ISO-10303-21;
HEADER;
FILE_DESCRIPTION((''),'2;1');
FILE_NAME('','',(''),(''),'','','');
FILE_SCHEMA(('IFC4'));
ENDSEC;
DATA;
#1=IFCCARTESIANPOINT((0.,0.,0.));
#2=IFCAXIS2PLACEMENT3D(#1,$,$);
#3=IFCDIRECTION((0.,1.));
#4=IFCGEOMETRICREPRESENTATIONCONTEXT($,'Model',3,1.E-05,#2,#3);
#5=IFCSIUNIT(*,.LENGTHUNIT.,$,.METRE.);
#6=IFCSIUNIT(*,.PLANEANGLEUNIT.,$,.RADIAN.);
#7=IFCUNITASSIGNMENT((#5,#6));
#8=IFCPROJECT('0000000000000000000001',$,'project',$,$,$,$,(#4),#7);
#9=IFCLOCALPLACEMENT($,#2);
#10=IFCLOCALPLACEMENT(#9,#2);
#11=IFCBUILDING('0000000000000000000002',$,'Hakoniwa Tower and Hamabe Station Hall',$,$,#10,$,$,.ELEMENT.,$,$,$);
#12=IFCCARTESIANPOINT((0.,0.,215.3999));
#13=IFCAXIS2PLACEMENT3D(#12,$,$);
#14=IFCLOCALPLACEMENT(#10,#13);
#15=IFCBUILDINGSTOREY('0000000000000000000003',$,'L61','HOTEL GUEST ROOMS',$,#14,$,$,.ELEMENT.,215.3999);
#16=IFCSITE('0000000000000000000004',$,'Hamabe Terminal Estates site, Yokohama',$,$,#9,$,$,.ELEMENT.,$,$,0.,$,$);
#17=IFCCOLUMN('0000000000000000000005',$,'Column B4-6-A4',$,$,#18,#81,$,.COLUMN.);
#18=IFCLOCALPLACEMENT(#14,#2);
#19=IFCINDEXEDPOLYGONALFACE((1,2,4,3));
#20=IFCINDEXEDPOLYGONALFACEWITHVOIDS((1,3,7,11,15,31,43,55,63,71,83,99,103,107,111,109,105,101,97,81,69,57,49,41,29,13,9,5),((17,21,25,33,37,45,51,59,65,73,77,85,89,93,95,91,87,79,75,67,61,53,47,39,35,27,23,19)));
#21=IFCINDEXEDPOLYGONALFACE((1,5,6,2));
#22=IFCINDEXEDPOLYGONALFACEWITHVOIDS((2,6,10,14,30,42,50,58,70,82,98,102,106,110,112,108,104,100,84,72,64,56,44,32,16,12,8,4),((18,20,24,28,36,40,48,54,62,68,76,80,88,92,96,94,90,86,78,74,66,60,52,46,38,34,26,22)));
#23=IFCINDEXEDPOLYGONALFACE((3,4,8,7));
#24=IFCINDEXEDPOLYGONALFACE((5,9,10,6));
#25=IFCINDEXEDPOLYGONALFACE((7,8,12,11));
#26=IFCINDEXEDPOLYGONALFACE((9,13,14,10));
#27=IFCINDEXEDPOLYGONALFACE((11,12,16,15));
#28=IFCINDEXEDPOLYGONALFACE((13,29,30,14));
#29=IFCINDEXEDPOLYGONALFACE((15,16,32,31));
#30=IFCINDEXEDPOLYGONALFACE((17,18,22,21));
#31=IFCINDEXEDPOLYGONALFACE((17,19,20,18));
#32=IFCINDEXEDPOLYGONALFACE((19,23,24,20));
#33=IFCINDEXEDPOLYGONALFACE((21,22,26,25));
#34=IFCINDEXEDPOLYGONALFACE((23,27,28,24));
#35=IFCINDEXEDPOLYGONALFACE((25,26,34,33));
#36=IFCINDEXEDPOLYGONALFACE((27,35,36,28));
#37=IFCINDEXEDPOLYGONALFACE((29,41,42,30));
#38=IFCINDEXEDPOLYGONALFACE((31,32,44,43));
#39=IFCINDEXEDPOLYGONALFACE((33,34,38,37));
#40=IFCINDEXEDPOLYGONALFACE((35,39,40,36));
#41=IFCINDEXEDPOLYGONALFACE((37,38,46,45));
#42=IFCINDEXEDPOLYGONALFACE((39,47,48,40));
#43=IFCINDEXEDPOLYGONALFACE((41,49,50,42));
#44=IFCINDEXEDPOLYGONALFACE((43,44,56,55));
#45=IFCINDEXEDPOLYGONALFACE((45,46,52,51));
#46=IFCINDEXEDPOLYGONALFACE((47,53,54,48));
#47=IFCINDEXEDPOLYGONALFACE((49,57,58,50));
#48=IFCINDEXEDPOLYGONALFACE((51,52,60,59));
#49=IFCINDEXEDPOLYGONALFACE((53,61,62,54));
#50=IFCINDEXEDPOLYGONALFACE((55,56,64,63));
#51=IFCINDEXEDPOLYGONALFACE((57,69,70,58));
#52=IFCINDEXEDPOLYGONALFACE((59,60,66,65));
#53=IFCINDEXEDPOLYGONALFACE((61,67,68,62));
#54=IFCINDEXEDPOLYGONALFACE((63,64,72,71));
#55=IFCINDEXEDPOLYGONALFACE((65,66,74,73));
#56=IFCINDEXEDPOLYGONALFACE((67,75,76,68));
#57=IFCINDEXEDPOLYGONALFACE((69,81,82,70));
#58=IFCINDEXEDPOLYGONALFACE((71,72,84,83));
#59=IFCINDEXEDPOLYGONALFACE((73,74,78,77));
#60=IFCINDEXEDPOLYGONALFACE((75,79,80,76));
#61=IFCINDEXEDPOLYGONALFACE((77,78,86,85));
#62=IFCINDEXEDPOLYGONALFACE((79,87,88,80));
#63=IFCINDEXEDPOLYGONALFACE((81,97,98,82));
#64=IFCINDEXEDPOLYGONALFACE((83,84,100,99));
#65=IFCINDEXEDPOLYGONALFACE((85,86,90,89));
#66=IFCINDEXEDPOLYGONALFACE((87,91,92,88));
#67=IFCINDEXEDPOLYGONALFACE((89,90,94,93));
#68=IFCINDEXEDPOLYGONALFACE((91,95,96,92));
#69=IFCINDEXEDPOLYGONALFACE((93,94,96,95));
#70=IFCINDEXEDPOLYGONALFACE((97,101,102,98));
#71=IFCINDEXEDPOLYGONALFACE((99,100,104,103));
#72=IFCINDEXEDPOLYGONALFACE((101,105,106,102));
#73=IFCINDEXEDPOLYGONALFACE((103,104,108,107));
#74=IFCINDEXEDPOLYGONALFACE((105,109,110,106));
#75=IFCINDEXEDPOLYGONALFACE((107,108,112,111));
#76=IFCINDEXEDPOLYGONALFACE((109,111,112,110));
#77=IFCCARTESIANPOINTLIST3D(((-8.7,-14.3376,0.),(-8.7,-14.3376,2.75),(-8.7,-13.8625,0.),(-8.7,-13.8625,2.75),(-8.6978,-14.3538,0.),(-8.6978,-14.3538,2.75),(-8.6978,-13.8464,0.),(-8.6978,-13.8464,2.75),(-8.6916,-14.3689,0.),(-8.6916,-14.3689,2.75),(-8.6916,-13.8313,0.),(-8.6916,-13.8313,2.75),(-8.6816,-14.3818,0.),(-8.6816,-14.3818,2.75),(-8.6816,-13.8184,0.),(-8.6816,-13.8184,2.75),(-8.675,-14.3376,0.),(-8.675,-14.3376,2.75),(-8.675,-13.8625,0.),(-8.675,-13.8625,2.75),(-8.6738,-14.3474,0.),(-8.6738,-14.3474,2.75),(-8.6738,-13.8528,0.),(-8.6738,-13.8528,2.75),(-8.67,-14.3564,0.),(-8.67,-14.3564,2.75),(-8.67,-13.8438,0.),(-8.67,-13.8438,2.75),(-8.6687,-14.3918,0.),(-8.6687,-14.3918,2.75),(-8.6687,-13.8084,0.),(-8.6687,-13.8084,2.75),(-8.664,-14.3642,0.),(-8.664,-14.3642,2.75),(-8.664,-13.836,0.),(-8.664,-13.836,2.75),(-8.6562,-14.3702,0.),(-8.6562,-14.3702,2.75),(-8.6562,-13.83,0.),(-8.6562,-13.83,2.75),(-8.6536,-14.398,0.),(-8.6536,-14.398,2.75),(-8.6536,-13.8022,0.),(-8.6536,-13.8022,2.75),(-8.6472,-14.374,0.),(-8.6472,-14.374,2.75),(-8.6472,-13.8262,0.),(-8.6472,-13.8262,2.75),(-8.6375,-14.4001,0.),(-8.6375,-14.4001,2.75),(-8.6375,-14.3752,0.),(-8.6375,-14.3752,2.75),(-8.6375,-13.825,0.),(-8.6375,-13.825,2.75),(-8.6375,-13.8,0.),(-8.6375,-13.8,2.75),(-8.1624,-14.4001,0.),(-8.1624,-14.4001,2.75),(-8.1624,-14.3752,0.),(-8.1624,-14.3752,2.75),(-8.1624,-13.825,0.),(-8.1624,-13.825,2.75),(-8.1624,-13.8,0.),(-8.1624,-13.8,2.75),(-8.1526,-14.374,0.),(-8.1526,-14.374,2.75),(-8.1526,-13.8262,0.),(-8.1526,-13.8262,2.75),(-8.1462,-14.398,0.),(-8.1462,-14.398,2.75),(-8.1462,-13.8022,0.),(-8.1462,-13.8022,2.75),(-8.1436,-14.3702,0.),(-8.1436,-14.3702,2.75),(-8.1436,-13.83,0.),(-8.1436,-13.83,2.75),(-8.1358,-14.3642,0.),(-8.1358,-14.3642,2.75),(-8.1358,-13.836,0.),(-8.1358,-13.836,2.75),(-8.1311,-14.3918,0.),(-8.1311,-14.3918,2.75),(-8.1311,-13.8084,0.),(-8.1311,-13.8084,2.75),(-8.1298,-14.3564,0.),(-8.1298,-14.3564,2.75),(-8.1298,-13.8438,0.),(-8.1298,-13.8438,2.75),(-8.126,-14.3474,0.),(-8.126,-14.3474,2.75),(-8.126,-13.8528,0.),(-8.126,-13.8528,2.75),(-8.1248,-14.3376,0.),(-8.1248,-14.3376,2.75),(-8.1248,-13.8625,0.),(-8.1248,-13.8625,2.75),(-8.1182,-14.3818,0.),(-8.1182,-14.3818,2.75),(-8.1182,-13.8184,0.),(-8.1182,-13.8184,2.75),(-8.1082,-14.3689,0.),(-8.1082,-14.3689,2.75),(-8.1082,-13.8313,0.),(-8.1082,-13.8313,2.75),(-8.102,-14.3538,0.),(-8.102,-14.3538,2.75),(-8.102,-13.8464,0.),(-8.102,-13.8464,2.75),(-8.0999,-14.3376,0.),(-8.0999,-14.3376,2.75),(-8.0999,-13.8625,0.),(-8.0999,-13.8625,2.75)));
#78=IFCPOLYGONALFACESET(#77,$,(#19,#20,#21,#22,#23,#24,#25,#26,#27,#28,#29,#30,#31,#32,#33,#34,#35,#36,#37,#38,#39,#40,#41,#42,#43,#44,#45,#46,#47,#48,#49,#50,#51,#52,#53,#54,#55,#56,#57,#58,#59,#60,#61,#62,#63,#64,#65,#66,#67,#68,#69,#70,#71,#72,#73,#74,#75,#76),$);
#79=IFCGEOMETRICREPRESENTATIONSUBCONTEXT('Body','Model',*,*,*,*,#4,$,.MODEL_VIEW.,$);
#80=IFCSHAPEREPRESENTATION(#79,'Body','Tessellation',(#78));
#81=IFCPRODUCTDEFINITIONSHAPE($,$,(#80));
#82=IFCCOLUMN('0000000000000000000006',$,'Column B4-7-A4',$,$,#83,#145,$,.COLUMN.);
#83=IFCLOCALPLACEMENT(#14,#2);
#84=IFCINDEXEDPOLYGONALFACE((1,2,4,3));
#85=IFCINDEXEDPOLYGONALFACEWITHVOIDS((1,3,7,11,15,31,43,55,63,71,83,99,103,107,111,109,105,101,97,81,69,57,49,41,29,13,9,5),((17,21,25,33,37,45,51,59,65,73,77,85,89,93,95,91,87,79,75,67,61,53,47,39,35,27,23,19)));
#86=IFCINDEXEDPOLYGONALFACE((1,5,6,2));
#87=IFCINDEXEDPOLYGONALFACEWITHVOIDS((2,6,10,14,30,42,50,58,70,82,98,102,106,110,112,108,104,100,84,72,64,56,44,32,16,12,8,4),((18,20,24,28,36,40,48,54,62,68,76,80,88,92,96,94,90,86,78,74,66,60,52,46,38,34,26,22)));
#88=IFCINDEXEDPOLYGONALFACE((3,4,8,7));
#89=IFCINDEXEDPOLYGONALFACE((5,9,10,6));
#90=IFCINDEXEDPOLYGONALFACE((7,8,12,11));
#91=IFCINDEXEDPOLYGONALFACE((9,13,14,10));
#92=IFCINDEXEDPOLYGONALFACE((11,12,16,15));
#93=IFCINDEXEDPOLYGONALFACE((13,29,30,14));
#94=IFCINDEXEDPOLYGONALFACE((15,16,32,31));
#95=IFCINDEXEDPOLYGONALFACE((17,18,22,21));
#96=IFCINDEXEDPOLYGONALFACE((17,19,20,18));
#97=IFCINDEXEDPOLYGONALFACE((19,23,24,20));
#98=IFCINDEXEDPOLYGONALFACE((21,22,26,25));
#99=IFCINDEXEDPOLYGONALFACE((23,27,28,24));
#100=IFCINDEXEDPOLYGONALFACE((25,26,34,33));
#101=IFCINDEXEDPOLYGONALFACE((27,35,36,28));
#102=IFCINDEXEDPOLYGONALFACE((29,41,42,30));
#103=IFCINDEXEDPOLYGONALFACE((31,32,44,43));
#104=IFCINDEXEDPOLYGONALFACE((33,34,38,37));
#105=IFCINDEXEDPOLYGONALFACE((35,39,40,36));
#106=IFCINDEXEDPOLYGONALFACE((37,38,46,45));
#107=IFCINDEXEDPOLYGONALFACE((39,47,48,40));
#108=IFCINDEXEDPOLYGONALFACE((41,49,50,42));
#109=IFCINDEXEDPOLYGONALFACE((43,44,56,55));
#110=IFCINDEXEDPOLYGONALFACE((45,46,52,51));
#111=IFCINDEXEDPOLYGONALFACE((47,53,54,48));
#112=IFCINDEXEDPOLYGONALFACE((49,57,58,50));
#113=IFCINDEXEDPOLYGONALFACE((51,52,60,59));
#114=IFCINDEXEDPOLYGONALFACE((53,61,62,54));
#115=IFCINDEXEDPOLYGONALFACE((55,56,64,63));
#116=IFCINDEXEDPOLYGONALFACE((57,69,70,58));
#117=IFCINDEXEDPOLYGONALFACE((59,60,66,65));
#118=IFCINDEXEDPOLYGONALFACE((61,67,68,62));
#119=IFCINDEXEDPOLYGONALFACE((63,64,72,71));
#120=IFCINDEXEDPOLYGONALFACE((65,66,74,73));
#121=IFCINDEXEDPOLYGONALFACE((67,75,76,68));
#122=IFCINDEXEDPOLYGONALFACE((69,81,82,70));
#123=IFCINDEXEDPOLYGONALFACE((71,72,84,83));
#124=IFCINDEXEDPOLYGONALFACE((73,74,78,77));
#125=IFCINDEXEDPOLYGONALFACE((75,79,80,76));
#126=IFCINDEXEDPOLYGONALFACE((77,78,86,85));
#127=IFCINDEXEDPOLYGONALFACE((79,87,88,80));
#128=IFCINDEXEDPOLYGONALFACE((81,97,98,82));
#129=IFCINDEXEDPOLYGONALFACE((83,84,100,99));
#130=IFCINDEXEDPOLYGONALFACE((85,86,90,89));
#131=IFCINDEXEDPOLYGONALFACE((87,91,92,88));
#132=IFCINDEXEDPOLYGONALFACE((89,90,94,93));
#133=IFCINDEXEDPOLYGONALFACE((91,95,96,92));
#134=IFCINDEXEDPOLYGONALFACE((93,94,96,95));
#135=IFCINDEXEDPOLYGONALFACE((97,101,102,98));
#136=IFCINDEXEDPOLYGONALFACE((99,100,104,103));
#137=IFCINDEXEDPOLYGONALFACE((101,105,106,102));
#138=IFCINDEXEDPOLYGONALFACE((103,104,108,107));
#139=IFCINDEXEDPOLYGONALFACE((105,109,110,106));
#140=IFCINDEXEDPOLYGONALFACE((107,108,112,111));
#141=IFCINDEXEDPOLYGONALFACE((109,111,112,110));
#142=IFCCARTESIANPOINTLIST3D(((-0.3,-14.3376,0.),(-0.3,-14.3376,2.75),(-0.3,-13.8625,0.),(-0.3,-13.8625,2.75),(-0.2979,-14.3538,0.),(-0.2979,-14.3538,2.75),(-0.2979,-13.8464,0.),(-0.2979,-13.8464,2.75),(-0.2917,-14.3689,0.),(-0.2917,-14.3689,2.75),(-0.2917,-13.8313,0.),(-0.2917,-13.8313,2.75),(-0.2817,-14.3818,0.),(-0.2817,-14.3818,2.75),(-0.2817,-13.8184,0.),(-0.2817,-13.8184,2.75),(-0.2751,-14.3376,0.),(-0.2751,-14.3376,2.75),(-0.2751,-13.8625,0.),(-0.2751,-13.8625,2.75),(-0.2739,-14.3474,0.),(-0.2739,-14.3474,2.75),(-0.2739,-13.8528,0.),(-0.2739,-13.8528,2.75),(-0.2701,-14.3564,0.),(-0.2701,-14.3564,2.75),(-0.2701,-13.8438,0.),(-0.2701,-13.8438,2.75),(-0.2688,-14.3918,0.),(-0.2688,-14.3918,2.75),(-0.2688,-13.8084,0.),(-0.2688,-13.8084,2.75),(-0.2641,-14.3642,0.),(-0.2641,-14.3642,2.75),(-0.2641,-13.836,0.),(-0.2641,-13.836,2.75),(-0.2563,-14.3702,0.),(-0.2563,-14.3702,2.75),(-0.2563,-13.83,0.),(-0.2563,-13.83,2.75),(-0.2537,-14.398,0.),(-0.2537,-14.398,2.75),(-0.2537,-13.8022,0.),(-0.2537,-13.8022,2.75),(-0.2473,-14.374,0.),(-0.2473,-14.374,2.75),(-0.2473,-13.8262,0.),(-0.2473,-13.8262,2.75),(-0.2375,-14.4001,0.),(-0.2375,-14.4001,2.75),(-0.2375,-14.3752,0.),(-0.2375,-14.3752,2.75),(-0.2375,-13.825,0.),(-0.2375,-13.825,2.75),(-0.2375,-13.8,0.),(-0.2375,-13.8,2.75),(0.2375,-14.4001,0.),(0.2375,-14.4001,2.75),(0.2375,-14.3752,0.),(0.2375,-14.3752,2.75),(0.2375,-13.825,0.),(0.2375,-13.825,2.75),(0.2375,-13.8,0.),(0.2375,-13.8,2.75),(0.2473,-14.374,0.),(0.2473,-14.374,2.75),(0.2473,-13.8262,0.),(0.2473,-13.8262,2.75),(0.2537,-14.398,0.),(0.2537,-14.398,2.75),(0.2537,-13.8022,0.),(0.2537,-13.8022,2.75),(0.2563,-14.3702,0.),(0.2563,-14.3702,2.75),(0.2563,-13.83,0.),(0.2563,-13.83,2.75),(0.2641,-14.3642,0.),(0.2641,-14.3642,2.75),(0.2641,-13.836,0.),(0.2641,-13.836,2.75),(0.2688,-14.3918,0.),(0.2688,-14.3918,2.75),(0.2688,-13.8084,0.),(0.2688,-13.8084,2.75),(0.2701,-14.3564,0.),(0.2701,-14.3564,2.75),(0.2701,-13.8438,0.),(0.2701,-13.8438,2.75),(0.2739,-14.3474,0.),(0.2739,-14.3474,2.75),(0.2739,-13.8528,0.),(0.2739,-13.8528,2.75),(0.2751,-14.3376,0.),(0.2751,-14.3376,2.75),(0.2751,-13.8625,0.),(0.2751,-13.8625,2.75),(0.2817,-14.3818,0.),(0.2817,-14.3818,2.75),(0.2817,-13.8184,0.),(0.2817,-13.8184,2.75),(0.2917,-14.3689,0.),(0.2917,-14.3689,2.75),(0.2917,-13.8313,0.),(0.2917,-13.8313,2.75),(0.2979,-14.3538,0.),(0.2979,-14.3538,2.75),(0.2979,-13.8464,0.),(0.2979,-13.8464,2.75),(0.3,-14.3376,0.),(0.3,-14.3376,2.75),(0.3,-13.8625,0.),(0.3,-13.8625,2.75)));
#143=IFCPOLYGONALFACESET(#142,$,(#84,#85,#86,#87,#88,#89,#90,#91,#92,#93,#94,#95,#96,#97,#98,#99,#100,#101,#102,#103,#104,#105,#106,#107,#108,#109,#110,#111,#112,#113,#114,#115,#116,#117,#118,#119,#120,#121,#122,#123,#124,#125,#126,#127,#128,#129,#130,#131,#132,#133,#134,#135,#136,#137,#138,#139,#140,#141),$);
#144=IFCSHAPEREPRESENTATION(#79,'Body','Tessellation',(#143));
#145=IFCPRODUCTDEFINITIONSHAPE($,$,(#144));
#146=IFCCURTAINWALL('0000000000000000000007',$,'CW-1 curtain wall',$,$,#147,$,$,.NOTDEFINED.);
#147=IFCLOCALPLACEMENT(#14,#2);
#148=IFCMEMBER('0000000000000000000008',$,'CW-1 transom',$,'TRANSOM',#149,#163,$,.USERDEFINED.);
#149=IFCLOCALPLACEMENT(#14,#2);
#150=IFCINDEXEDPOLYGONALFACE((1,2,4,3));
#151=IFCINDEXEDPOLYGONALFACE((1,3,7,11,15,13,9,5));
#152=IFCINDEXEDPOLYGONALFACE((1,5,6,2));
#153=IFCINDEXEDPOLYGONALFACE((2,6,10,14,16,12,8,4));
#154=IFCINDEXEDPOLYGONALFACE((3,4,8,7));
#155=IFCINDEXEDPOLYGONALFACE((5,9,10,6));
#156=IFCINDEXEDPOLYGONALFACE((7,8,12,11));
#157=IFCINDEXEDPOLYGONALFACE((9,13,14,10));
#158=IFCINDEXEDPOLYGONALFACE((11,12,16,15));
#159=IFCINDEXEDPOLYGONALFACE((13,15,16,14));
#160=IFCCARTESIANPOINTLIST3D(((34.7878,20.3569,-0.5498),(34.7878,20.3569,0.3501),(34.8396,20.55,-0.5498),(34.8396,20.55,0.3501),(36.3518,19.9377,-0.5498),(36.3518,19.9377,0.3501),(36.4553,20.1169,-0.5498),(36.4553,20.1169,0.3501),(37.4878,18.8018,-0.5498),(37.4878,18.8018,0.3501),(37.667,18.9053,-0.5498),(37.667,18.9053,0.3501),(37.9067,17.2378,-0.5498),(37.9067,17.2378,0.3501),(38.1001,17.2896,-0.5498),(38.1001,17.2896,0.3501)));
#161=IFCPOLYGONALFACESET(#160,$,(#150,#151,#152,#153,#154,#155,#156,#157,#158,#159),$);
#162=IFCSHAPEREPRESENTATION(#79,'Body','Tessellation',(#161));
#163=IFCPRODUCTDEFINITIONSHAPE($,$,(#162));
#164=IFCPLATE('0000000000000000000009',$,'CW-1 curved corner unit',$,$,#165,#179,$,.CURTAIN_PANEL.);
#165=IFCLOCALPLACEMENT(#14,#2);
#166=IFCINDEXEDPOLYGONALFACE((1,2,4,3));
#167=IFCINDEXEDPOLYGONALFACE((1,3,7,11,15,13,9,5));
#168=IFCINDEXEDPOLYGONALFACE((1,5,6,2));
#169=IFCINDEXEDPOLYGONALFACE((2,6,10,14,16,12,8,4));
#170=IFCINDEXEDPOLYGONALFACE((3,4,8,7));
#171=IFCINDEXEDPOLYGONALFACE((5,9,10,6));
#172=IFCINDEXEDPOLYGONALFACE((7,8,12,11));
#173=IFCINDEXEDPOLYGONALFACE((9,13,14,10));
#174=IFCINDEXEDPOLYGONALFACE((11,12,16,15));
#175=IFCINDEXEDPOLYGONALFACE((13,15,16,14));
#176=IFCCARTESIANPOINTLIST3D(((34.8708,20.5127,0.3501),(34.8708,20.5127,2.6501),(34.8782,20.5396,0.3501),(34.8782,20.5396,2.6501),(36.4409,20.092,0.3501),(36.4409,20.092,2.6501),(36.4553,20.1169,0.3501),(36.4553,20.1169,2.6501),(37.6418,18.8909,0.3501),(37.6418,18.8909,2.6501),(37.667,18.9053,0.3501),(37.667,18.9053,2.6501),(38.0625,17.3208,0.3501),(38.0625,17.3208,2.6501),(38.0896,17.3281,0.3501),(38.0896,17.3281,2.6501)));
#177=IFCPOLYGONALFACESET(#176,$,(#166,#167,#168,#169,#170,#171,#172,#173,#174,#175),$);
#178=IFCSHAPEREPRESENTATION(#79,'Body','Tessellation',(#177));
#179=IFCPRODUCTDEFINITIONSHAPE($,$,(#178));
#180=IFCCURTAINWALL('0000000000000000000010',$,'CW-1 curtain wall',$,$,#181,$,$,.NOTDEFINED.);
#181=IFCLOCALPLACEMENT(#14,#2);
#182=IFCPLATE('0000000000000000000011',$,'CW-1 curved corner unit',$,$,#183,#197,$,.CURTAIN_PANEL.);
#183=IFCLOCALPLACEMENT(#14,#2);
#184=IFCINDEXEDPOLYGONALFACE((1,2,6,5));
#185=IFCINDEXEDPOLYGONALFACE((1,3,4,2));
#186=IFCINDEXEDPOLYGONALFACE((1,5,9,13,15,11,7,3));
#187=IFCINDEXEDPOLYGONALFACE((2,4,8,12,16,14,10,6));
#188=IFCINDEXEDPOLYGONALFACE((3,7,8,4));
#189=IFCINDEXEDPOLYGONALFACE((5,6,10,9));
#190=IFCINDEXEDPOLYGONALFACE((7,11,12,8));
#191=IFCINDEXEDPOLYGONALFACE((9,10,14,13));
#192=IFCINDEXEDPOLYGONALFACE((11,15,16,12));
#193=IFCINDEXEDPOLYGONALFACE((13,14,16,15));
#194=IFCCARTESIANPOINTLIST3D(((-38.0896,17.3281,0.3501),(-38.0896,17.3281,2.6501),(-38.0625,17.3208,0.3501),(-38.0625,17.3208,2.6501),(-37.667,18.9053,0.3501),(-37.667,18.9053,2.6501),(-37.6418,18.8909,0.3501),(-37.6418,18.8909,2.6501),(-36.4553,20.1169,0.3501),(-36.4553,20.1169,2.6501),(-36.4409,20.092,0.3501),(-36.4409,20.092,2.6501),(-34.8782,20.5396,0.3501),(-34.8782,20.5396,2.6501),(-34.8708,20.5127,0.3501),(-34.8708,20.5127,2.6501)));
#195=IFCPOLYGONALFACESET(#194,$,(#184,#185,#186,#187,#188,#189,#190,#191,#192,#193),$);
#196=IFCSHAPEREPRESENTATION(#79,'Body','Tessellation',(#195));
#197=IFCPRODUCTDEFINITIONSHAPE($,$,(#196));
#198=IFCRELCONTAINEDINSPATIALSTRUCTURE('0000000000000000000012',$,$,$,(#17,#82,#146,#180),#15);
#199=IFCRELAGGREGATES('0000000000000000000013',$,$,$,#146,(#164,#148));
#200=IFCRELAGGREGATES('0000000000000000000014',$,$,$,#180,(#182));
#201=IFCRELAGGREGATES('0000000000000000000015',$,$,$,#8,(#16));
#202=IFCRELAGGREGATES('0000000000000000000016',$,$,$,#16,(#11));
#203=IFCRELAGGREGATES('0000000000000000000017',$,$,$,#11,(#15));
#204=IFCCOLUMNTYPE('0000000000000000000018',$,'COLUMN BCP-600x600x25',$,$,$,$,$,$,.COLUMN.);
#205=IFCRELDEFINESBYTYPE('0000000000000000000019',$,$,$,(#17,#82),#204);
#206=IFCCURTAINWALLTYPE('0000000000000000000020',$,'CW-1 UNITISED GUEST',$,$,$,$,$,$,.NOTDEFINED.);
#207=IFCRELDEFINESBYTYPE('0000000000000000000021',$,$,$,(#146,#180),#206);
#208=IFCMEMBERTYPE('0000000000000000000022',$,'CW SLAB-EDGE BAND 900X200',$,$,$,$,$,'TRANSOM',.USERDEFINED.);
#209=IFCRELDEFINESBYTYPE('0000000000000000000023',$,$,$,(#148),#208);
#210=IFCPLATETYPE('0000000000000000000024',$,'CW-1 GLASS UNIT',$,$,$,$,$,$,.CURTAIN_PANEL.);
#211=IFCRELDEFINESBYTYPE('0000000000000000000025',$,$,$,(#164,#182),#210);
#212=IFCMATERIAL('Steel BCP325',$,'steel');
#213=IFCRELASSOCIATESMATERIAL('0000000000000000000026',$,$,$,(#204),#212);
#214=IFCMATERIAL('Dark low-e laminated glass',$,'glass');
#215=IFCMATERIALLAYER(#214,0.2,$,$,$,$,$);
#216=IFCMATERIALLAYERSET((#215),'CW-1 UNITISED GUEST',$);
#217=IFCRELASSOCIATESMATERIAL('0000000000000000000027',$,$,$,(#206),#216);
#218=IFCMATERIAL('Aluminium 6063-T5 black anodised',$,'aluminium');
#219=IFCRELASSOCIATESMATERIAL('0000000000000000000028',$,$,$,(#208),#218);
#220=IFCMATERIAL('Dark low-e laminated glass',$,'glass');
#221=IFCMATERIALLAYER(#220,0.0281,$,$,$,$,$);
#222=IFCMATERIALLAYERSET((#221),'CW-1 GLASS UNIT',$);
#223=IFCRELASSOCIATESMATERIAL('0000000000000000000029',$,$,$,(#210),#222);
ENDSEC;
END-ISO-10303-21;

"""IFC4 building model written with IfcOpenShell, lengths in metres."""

from ifc_helpers import new_model, si_unit, direction, frame, origin, origin_2d, place, context, subcontext, project, spatial, polyline, rectangle, hollow_rectangle, outline, extrude, material, layer, layer_set, material_profile, profile_set, type_object, element, aggregate, save


model = new_model("IFC4")

# Units and contexts
model_context = context("Model", 3, precision=1e-05, world=origin(), true_north=direction((0.0, 1.0)))
body_context = subcontext(model_context, "Body", "Model", "MODEL_VIEW")
ifc_project = project(units=[si_unit("LENGTHUNIT", "METRE"), si_unit("PLANEANGLEUNIT", "RADIAN")], contexts=[model_context])

# Site, building, storey
site_placement = place(None, origin())
site = spatial("IfcSite", under=ifc_project, at=site_placement, Name="Hamabe Terminal Estates site, Yokohama", CompositionType="ELEMENT", RefElevation=0.0)
building_placement = place(site_placement, origin())
building = spatial("IfcBuilding", under=site, at=building_placement, Name="Hakoniwa Tower and Hamabe Station Hall", CompositionType="ELEMENT")
storey_placement = place(building_placement, frame((0.0, 0.0, 215.3999)))
storey = spatial("IfcBuildingStorey", under=building, at=storey_placement, Name="L61", Description="HOTEL GUEST ROOMS", CompositionType="ELEMENT", Elevation=215.3999)

# Columns
ifc_material_1 = material(Name="Steel BCP325", Category="steel")
ifc_material_profile_1 = material_profile(ifc_material_1, hollow_rectangle(XDim=0.6001, YDim=0.6001, WallThickness=0.0249, InnerFilletRadius=0.0376, OuterFilletRadius=0.0625, at=origin_2d()), Name="BCP-600x600x25")
ifc_profile_set_1 = profile_set([ifc_material_profile_1], Name="Steel BCP325")
column_type = type_object("IfcColumnType", Name="COLUMN BCP-600x600x25", PredefinedType="COLUMN", material=ifc_profile_set_1)
for number, where, z_axis, x_axis, name in (
    (1, (-8.3999, -14.1001, 0.0), (0.0, 0.0, 1.0), (1.0, 0.0, 0.0), "Column B4-6-A4"),
    (2, (0.0, -14.1001, 0.0), (0.0, 0.0, 1.0), (1.0, 0.0, 0.0), "Column B4-7-A4"),
):
    element("IfcColumn", number, at=place(storey_placement, frame(where, z_axis=z_axis, x_axis=x_axis)), inside=storey, type_object=column_type, Name=name, PredefinedType="COLUMN", context=body_context, shape_type="SweptSolid", body=[
        extrude(hollow_rectangle(XDim=0.6001, YDim=0.6001, WallThickness=0.0249, InnerFilletRadius=0.0376, OuterFilletRadius=0.0625, at=origin_2d()), origin(), (0.0, 0.0, 1.0), 2.75),
    ])

# Curtain wall, member, plate
ifc_material_2 = material(Name="Dark low-e laminated glass", Category="glass")
ifc_layer_1 = layer(ifc_material_2, 0.2)
ifc_layer_set_1 = layer_set([ifc_layer_1], Name="CW-1 UNITISED GUEST")
curtain_wall_type = type_object("IfcCurtainWallType", Name="CW-1 UNITISED GUEST", PredefinedType="NOTDEFINED", material=ifc_layer_set_1)
curtain_wall_1_placement = place(storey_placement, origin())
curtain_wall_1 = element("IfcCurtainWall", 3, at=curtain_wall_1_placement, inside=storey, type_object=curtain_wall_type, Name="CW-1 curtain wall", PredefinedType="NOTDEFINED")
ifc_material_3 = material(Name="Aluminium 6063-T5 black anodised", Category="aluminium")
ifc_material_profile_2 = material_profile(ifc_material_3, rectangle(XDim=0.2, YDim=0.8999, at=origin_2d()), Name="CW SLAB-EDGE BAND 900X200")
ifc_profile_set_2 = profile_set([ifc_material_profile_2], Name="Aluminium 6063-T5 black anodised")
member_type = type_object("IfcMemberType", Name="CW SLAB-EDGE BAND 900X200", ElementType="TRANSOM", PredefinedType="USERDEFINED", material=ifc_profile_set_2)
member_placement = place(storey_placement, frame((0.0, 0.0, -0.5498)))
member = element("IfcMember", 4, at=member_placement, type_object=member_type, Name="CW-1 transom", ObjectType="TRANSOM", PredefinedType="USERDEFINED", context=body_context, shape_type="SweptSolid", body=[
    extrude(outline(polyline([(38.1001, 17.2896), (37.667, 18.9053), (36.4553, 20.1169), (34.8396, 20.55), (34.7878, 20.3569), (36.3518, 19.9377), (37.4878, 18.8018), (37.9067, 17.2378), (38.1001, 17.2896)])), origin(), (0.0, 0.0, 1.0), 0.8999),
])
ifc_material_4 = material(Name="Dark low-e laminated glass", Category="glass")
ifc_layer_2 = layer(ifc_material_4, 0.0281)
ifc_layer_set_2 = layer_set([ifc_layer_2], Name="CW-1 GLASS UNIT")
plate_type = type_object("IfcPlateType", Name="CW-1 GLASS UNIT", PredefinedType="CURTAIN_PANEL", material=ifc_layer_set_2)
plate_1_placement = place(storey_placement, frame((0.0, 0.0, 0.3501)))
plate_1 = element("IfcPlate", 5, at=plate_1_placement, type_object=plate_type, Name="CW-1 curved corner unit", PredefinedType="CURTAIN_PANEL", context=body_context, shape_type="SweptSolid", body=[
    extrude(outline(polyline([(38.0896, 17.3281), (37.667, 18.9053), (36.4553, 20.1169), (34.8782, 20.5396), (34.8708, 20.5127), (36.4409, 20.092), (37.6418, 18.8909), (38.0625, 17.3208), (38.0896, 17.3281)])), origin(), (0.0, 0.0, 1.0), 2.3),
])
aggregate(curtain_wall_1, [plate_1, member])

# Curtain wall, plate
curtain_wall_2_placement = place(storey_placement, origin())
curtain_wall_2 = element("IfcCurtainWall", 6, at=curtain_wall_2_placement, inside=storey, type_object=curtain_wall_type, Name="CW-1 curtain wall", PredefinedType="NOTDEFINED")
plate_2_placement = place(storey_placement, frame((0.0, 0.0, 0.3501)))
plate_2 = element("IfcPlate", 7, at=plate_2_placement, type_object=plate_type, Name="CW-1 curved corner unit", PredefinedType="CURTAIN_PANEL", context=body_context, shape_type="SweptSolid", body=[
    extrude(outline(polyline([(-34.8782, 20.5396), (-36.4553, 20.1169), (-37.667, 18.9053), (-38.0896, 17.3281), (-38.0625, 17.3208), (-37.6418, 18.8909), (-36.4409, 20.092), (-34.8708, 20.5127), (-34.8782, 20.5396)])), origin(), (0.0, 0.0, 1.0), 2.3),
])
aggregate(curtain_wall_2, [plate_2])

save(model, "model.ifc")
